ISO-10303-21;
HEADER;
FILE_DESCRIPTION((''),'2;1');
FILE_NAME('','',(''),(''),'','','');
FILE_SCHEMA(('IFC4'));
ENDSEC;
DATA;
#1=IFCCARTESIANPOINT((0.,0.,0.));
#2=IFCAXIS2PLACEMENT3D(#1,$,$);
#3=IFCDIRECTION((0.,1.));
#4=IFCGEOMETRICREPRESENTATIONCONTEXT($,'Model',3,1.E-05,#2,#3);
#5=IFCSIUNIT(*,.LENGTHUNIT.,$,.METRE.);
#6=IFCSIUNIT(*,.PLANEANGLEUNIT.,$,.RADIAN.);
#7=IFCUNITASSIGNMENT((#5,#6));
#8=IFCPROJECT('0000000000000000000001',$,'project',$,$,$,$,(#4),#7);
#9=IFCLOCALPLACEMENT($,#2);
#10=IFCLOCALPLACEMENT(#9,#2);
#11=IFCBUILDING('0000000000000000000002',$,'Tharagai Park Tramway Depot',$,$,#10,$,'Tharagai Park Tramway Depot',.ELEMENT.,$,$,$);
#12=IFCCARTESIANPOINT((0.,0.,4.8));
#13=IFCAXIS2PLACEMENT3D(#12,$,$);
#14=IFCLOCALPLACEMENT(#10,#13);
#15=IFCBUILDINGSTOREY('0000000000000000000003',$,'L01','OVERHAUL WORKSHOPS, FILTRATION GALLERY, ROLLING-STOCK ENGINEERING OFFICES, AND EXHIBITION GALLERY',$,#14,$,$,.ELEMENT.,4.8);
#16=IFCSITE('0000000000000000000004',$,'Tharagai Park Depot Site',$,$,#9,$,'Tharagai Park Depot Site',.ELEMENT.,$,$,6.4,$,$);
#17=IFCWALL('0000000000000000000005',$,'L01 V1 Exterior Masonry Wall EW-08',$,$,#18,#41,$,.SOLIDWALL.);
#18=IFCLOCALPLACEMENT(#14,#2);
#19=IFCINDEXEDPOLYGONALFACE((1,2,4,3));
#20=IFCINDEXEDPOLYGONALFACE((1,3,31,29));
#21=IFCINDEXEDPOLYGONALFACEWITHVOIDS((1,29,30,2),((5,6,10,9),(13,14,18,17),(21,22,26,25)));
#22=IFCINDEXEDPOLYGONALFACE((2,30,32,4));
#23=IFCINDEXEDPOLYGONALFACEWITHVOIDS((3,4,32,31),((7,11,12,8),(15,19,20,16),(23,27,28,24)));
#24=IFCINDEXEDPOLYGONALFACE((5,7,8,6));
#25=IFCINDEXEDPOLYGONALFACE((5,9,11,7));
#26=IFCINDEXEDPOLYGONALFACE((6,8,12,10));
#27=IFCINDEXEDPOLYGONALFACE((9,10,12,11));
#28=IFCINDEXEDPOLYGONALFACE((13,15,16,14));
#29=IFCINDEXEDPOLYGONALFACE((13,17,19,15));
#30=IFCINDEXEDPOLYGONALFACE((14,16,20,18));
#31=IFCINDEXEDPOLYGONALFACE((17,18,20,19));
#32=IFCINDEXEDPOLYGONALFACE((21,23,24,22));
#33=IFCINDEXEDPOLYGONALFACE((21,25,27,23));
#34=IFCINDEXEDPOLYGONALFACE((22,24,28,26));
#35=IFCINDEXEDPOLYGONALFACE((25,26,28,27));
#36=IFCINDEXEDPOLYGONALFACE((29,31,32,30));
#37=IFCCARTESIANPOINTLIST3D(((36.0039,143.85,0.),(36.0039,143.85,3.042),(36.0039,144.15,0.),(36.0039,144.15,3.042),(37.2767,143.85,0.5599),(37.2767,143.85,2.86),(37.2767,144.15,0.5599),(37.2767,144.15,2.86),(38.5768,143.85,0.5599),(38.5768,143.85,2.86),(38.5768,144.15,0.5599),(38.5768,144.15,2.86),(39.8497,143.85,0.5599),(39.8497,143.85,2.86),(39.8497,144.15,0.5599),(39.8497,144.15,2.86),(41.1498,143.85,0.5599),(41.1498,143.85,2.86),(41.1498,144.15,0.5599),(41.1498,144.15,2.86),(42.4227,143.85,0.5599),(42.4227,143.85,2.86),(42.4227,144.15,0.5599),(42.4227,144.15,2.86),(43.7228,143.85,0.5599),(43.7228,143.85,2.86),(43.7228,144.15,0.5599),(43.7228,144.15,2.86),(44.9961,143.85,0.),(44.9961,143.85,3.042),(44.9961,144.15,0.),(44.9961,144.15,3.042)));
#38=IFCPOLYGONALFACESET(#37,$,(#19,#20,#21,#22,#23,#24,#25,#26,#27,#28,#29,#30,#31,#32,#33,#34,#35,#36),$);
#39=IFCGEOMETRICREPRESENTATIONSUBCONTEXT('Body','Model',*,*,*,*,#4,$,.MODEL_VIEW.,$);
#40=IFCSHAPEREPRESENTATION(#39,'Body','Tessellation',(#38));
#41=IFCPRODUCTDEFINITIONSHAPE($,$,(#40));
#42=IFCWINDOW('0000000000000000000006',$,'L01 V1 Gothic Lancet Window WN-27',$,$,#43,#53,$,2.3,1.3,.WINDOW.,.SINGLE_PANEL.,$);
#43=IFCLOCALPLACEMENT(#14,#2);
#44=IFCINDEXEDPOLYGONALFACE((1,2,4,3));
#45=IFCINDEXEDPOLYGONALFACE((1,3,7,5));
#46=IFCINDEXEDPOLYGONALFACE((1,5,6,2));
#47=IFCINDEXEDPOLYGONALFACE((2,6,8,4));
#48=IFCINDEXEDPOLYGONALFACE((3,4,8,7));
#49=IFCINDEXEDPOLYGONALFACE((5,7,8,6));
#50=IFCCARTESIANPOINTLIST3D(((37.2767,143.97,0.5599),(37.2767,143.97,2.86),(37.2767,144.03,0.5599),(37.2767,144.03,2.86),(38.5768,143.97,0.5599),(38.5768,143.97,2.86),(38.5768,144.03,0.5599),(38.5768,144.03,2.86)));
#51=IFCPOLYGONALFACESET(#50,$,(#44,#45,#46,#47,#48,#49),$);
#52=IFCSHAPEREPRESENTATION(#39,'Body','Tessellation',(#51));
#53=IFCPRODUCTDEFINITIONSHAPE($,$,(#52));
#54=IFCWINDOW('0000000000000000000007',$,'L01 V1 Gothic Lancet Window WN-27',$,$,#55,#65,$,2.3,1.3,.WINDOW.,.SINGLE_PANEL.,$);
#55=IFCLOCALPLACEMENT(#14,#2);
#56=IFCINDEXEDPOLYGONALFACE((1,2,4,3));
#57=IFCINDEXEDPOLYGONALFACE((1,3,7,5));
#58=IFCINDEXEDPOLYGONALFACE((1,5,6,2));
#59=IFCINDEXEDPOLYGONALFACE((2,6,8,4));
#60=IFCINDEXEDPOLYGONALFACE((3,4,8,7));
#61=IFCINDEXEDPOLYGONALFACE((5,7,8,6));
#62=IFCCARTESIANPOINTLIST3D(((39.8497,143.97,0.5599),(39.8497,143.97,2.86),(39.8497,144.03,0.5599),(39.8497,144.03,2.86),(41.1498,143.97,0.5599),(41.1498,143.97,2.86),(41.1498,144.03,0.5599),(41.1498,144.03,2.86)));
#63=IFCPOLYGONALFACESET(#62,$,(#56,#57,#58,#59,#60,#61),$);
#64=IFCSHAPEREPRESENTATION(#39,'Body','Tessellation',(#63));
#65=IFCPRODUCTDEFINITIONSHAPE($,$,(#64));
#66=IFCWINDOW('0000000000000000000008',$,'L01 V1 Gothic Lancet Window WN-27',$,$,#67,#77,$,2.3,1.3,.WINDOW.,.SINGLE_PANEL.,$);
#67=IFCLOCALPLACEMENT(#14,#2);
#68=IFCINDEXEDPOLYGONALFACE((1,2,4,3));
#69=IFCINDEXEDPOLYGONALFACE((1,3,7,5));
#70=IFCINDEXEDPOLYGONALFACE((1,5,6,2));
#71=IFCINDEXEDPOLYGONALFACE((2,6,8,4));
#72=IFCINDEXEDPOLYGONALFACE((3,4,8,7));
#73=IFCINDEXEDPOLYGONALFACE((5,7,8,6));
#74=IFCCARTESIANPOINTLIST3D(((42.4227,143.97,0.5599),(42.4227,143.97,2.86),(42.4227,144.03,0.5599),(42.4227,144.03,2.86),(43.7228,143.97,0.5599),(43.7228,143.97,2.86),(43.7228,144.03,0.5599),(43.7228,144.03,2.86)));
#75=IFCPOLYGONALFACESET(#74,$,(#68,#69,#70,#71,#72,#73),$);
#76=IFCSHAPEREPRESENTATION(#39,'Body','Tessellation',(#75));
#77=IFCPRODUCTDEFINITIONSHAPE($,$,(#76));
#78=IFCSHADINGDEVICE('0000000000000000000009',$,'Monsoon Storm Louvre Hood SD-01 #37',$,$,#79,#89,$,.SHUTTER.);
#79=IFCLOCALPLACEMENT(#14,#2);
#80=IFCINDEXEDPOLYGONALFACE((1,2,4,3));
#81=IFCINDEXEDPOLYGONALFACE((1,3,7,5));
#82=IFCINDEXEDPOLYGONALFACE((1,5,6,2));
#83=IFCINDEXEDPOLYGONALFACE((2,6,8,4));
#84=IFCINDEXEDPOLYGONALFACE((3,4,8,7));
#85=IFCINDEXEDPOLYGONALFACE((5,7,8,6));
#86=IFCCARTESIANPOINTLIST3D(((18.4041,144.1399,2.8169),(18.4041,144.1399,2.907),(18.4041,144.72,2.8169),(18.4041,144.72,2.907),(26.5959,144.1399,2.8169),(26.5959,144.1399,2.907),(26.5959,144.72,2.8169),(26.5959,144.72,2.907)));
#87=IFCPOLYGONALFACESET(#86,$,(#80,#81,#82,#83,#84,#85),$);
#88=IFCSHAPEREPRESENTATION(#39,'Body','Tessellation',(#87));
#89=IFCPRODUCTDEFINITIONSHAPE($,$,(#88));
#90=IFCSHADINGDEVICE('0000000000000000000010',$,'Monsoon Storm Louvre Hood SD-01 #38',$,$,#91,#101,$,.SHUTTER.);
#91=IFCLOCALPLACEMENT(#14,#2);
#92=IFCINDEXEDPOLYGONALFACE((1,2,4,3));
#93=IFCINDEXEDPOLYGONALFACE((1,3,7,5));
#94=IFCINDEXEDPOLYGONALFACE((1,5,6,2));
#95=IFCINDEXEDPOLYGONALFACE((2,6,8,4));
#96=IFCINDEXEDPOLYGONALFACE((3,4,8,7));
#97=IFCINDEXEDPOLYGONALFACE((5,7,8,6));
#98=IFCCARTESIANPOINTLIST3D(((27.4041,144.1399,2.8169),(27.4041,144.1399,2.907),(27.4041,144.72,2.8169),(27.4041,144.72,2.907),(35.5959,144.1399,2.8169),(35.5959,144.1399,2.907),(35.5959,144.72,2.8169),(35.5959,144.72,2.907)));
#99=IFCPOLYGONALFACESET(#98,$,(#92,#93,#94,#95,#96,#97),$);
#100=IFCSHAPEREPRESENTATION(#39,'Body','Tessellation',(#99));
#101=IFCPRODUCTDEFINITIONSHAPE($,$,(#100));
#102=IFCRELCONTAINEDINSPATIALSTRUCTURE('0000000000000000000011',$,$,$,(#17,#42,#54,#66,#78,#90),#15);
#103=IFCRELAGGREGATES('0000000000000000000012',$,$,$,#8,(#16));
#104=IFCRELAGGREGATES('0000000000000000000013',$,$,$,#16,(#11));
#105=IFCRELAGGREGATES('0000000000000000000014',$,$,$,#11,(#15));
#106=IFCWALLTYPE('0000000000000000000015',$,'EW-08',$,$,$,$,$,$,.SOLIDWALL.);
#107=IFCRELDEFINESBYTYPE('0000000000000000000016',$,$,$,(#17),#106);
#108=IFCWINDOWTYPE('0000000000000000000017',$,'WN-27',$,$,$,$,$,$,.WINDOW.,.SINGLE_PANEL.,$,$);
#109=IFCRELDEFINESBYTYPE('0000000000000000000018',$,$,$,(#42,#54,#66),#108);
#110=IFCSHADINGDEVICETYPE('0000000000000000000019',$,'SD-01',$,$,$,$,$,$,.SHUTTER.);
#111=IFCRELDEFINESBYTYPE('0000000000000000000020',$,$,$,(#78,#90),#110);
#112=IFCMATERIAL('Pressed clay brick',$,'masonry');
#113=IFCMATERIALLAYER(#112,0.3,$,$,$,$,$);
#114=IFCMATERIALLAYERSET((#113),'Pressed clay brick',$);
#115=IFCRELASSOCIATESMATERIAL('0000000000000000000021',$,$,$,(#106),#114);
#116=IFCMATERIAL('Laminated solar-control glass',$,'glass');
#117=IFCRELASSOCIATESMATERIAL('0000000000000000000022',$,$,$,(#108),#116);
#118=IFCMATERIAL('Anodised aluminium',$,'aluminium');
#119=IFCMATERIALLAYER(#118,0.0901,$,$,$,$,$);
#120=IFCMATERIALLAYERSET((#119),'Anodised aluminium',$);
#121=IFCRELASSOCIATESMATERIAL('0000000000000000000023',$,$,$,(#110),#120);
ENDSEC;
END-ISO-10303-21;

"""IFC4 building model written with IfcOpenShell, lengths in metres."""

from ifc_helpers import new_model, si_unit, direction, frame, frame_2d, origin, origin_2d, place, context, subcontext, project, spatial, rectangle, extrude, material, layer, layer_set, type_object, element, fill, save


model = new_model("IFC4")

# Units and contexts
model_context = context("Model", 3, precision=1e-05, world=origin(), true_north=direction((0.0, 1.0)))
body_context = subcontext(model_context, "Body", "Model", "MODEL_VIEW")
ifc_project = project(units=[si_unit("LENGTHUNIT", "METRE"), si_unit("PLANEANGLEUNIT", "RADIAN")], contexts=[model_context])

# Site, building, storey
site_placement = place(None, origin())
site = spatial("IfcSite", under=ifc_project, at=site_placement, Name="Tharagai Park Depot Site", LongName="Tharagai Park Depot Site", CompositionType="ELEMENT", RefElevation=6.4)
building_placement = place(site_placement, origin())
building = spatial("IfcBuilding", under=site, at=building_placement, Name="Tharagai Park Tramway Depot", LongName="Tharagai Park Tramway Depot", CompositionType="ELEMENT")
storey_placement = place(building_placement, frame((0.0, 0.0, 4.8)))
storey = spatial("IfcBuildingStorey", under=building, at=storey_placement, Name="L01", Description="OVERHAUL WORKSHOPS, FILTRATION GALLERY, ROLLING-STOCK ENGINEERING OFFICES, AND EXHIBITION GALLERY", CompositionType="ELEMENT", Elevation=4.8)

# Wall, openings, windows
ifc_material_1 = material(Name="Pressed clay brick", Category="masonry")
ifc_layer_1 = layer(ifc_material_1, 0.3)
ifc_layer_set_1 = layer_set([ifc_layer_1], Name="Pressed clay brick")
wall_type = type_object("IfcWallType", Name="EW-08", PredefinedType="SOLIDWALL", material=ifc_layer_set_1)
ifc_material_2 = material(Name="Laminated solar-control glass", Category="glass")
wall_1_placement = place(storey_placement, frame((36.0039, 144.0, 0.0), z_axis=(0.0, 0.0, 1.0), x_axis=(1.0, 0.0, 0.0)))
wall_1 = element("IfcWall", 1, at=wall_1_placement, inside=storey, type_object=wall_type, Name="L01 V1 Exterior Masonry Wall EW-08", PredefinedType="SOLIDWALL", context=body_context, shape_type="SweptSolid", body=[
    extrude(rectangle(XDim=8.9922, YDim=0.3, at=frame_2d((4.4961, 0.0))), origin(), (0.0, 0.0, 1.0), 3.042),
])
opening_1_placement = place(wall_1_placement, frame((1.2729, 0.0, 0.5601)))
opening_1 = element("IfcOpeningElement", 2, at=opening_1_placement, cuts=wall_1, PredefinedType="OPENING", context=body_context, shape_type="SweptSolid", body=[
    extrude(rectangle(XDim=1.3, YDim=2.3, at=frame_2d((0.6499, 1.1499))), frame((0.0, 0.1599, 0.0), z_axis=(0.0, -1.0, 0.0), x_axis=(1.0, 0.0, 0.0)), (0.0, 0.0, 1.0), 0.3201),
])
opening_2_placement = place(wall_1_placement, frame((3.8459, 0.0, 0.5601)))
opening_2 = element("IfcOpeningElement", 3, at=opening_2_placement, cuts=wall_1, PredefinedType="OPENING", context=body_context, shape_type="SweptSolid", body=[
    extrude(rectangle(XDim=1.3, YDim=2.3, at=frame_2d((0.6499, 1.1499))), frame((0.0, 0.1599, 0.0), z_axis=(0.0, -1.0, 0.0), x_axis=(1.0, 0.0, 0.0)), (0.0, 0.0, 1.0), 0.3201),
])
opening_3_placement = place(wall_1_placement, frame((6.4189, 0.0, 0.5601)))
opening_3 = element("IfcOpeningElement", 4, at=opening_3_placement, cuts=wall_1, PredefinedType="OPENING", context=body_context, shape_type="SweptSolid", body=[
    extrude(rectangle(XDim=1.3, YDim=2.3, at=frame_2d((0.6499, 1.1499))), frame((0.0, 0.1599, 0.0), z_axis=(0.0, -1.0, 0.0), x_axis=(1.0, 0.0, 0.0)), (0.0, 0.0, 1.0), 0.3201),
])
window_type_1 = type_object("IfcWindowType", Name="WN-27", PartitioningType="SINGLE_PANEL", PredefinedType="WINDOW", material=ifc_material_2)
window_1_placement = place(opening_1_placement, origin())
window_1 = element("IfcWindow", 5, at=window_1_placement, inside=storey, type_object=window_type_1, Name="L01 V1 Gothic Lancet Window WN-27", OverallHeight=2.3, OverallWidth=1.3, PartitioningType="SINGLE_PANEL", PredefinedType="WINDOW", context=body_context, shape_type="SweptSolid", body=[
    extrude(rectangle(XDim=1.3, YDim=2.3, at=frame_2d((0.6499, 1.1499))), frame((0.0, 0.03, 0.0), z_axis=(0.0, -1.0, 0.0), x_axis=(1.0, 0.0, 0.0)), (0.0, 0.0, 1.0), 0.0601),
])
fill(opening_1, window_1)
window_2_placement = place(opening_2_placement, origin())
window_2 = element("IfcWindow", 6, at=window_2_placement, inside=storey, type_object=window_type_1, Name="L01 V1 Gothic Lancet Window WN-27", OverallHeight=2.3, OverallWidth=1.3, PartitioningType="SINGLE_PANEL", PredefinedType="WINDOW", context=body_context, shape_type="SweptSolid", body=[
    extrude(rectangle(XDim=1.3, YDim=2.3, at=frame_2d((0.6499, 1.1499))), frame((0.0, 0.03, 0.0), z_axis=(0.0, -1.0, 0.0), x_axis=(1.0, 0.0, 0.0)), (0.0, 0.0, 1.0), 0.0601),
])
fill(opening_2, window_2)
window_3_placement = place(opening_3_placement, origin())
window_3 = element("IfcWindow", 7, at=window_3_placement, inside=storey, type_object=window_type_1, Name="L01 V1 Gothic Lancet Window WN-27", OverallHeight=2.3, OverallWidth=1.3, PartitioningType="SINGLE_PANEL", PredefinedType="WINDOW", context=body_context, shape_type="SweptSolid", body=[
    extrude(rectangle(XDim=1.3, YDim=2.3, at=frame_2d((0.6499, 1.1499))), frame((0.0, 0.03, 0.0), z_axis=(0.0, -1.0, 0.0), x_axis=(1.0, 0.0, 0.0)), (0.0, 0.0, 1.0), 0.0601),
])
fill(opening_3, window_3)

# Shading devices
ifc_material_3 = material(Name="Anodised aluminium", Category="aluminium")
ifc_layer_2 = layer(ifc_material_3, 0.0901)
ifc_layer_set_2 = layer_set([ifc_layer_2], Name="Anodised aluminium")
shading_device_type = type_object("IfcShadingDeviceType", Name="SD-01", PredefinedType="SHUTTER", material=ifc_layer_set_2)
for number, where, z_axis, x_axis, name in (
    (8, (22.5, 144.4299, 2.8169), (0.0, 0.0, 1.0), (1.0, 0.0, 0.0), "Monsoon Storm Louvre Hood SD-01 #37"),
    (9, (31.5, 144.4299, 2.8169), (0.0, 0.0, 1.0), (1.0, 0.0, 0.0), "Monsoon Storm Louvre Hood SD-01 #38"),
):
    element("IfcShadingDevice", number, at=place(storey_placement, frame(where, z_axis=z_axis, x_axis=x_axis)), inside=storey, type_object=shading_device_type, Name=name, PredefinedType="SHUTTER", context=body_context, shape_type="SweptSolid", body=[
        extrude(rectangle(XDim=8.1919, YDim=0.5801, at=origin_2d()), origin(), (0.0, 0.0, 1.0), 0.0901),
    ])

save(model, "model.ifc")
